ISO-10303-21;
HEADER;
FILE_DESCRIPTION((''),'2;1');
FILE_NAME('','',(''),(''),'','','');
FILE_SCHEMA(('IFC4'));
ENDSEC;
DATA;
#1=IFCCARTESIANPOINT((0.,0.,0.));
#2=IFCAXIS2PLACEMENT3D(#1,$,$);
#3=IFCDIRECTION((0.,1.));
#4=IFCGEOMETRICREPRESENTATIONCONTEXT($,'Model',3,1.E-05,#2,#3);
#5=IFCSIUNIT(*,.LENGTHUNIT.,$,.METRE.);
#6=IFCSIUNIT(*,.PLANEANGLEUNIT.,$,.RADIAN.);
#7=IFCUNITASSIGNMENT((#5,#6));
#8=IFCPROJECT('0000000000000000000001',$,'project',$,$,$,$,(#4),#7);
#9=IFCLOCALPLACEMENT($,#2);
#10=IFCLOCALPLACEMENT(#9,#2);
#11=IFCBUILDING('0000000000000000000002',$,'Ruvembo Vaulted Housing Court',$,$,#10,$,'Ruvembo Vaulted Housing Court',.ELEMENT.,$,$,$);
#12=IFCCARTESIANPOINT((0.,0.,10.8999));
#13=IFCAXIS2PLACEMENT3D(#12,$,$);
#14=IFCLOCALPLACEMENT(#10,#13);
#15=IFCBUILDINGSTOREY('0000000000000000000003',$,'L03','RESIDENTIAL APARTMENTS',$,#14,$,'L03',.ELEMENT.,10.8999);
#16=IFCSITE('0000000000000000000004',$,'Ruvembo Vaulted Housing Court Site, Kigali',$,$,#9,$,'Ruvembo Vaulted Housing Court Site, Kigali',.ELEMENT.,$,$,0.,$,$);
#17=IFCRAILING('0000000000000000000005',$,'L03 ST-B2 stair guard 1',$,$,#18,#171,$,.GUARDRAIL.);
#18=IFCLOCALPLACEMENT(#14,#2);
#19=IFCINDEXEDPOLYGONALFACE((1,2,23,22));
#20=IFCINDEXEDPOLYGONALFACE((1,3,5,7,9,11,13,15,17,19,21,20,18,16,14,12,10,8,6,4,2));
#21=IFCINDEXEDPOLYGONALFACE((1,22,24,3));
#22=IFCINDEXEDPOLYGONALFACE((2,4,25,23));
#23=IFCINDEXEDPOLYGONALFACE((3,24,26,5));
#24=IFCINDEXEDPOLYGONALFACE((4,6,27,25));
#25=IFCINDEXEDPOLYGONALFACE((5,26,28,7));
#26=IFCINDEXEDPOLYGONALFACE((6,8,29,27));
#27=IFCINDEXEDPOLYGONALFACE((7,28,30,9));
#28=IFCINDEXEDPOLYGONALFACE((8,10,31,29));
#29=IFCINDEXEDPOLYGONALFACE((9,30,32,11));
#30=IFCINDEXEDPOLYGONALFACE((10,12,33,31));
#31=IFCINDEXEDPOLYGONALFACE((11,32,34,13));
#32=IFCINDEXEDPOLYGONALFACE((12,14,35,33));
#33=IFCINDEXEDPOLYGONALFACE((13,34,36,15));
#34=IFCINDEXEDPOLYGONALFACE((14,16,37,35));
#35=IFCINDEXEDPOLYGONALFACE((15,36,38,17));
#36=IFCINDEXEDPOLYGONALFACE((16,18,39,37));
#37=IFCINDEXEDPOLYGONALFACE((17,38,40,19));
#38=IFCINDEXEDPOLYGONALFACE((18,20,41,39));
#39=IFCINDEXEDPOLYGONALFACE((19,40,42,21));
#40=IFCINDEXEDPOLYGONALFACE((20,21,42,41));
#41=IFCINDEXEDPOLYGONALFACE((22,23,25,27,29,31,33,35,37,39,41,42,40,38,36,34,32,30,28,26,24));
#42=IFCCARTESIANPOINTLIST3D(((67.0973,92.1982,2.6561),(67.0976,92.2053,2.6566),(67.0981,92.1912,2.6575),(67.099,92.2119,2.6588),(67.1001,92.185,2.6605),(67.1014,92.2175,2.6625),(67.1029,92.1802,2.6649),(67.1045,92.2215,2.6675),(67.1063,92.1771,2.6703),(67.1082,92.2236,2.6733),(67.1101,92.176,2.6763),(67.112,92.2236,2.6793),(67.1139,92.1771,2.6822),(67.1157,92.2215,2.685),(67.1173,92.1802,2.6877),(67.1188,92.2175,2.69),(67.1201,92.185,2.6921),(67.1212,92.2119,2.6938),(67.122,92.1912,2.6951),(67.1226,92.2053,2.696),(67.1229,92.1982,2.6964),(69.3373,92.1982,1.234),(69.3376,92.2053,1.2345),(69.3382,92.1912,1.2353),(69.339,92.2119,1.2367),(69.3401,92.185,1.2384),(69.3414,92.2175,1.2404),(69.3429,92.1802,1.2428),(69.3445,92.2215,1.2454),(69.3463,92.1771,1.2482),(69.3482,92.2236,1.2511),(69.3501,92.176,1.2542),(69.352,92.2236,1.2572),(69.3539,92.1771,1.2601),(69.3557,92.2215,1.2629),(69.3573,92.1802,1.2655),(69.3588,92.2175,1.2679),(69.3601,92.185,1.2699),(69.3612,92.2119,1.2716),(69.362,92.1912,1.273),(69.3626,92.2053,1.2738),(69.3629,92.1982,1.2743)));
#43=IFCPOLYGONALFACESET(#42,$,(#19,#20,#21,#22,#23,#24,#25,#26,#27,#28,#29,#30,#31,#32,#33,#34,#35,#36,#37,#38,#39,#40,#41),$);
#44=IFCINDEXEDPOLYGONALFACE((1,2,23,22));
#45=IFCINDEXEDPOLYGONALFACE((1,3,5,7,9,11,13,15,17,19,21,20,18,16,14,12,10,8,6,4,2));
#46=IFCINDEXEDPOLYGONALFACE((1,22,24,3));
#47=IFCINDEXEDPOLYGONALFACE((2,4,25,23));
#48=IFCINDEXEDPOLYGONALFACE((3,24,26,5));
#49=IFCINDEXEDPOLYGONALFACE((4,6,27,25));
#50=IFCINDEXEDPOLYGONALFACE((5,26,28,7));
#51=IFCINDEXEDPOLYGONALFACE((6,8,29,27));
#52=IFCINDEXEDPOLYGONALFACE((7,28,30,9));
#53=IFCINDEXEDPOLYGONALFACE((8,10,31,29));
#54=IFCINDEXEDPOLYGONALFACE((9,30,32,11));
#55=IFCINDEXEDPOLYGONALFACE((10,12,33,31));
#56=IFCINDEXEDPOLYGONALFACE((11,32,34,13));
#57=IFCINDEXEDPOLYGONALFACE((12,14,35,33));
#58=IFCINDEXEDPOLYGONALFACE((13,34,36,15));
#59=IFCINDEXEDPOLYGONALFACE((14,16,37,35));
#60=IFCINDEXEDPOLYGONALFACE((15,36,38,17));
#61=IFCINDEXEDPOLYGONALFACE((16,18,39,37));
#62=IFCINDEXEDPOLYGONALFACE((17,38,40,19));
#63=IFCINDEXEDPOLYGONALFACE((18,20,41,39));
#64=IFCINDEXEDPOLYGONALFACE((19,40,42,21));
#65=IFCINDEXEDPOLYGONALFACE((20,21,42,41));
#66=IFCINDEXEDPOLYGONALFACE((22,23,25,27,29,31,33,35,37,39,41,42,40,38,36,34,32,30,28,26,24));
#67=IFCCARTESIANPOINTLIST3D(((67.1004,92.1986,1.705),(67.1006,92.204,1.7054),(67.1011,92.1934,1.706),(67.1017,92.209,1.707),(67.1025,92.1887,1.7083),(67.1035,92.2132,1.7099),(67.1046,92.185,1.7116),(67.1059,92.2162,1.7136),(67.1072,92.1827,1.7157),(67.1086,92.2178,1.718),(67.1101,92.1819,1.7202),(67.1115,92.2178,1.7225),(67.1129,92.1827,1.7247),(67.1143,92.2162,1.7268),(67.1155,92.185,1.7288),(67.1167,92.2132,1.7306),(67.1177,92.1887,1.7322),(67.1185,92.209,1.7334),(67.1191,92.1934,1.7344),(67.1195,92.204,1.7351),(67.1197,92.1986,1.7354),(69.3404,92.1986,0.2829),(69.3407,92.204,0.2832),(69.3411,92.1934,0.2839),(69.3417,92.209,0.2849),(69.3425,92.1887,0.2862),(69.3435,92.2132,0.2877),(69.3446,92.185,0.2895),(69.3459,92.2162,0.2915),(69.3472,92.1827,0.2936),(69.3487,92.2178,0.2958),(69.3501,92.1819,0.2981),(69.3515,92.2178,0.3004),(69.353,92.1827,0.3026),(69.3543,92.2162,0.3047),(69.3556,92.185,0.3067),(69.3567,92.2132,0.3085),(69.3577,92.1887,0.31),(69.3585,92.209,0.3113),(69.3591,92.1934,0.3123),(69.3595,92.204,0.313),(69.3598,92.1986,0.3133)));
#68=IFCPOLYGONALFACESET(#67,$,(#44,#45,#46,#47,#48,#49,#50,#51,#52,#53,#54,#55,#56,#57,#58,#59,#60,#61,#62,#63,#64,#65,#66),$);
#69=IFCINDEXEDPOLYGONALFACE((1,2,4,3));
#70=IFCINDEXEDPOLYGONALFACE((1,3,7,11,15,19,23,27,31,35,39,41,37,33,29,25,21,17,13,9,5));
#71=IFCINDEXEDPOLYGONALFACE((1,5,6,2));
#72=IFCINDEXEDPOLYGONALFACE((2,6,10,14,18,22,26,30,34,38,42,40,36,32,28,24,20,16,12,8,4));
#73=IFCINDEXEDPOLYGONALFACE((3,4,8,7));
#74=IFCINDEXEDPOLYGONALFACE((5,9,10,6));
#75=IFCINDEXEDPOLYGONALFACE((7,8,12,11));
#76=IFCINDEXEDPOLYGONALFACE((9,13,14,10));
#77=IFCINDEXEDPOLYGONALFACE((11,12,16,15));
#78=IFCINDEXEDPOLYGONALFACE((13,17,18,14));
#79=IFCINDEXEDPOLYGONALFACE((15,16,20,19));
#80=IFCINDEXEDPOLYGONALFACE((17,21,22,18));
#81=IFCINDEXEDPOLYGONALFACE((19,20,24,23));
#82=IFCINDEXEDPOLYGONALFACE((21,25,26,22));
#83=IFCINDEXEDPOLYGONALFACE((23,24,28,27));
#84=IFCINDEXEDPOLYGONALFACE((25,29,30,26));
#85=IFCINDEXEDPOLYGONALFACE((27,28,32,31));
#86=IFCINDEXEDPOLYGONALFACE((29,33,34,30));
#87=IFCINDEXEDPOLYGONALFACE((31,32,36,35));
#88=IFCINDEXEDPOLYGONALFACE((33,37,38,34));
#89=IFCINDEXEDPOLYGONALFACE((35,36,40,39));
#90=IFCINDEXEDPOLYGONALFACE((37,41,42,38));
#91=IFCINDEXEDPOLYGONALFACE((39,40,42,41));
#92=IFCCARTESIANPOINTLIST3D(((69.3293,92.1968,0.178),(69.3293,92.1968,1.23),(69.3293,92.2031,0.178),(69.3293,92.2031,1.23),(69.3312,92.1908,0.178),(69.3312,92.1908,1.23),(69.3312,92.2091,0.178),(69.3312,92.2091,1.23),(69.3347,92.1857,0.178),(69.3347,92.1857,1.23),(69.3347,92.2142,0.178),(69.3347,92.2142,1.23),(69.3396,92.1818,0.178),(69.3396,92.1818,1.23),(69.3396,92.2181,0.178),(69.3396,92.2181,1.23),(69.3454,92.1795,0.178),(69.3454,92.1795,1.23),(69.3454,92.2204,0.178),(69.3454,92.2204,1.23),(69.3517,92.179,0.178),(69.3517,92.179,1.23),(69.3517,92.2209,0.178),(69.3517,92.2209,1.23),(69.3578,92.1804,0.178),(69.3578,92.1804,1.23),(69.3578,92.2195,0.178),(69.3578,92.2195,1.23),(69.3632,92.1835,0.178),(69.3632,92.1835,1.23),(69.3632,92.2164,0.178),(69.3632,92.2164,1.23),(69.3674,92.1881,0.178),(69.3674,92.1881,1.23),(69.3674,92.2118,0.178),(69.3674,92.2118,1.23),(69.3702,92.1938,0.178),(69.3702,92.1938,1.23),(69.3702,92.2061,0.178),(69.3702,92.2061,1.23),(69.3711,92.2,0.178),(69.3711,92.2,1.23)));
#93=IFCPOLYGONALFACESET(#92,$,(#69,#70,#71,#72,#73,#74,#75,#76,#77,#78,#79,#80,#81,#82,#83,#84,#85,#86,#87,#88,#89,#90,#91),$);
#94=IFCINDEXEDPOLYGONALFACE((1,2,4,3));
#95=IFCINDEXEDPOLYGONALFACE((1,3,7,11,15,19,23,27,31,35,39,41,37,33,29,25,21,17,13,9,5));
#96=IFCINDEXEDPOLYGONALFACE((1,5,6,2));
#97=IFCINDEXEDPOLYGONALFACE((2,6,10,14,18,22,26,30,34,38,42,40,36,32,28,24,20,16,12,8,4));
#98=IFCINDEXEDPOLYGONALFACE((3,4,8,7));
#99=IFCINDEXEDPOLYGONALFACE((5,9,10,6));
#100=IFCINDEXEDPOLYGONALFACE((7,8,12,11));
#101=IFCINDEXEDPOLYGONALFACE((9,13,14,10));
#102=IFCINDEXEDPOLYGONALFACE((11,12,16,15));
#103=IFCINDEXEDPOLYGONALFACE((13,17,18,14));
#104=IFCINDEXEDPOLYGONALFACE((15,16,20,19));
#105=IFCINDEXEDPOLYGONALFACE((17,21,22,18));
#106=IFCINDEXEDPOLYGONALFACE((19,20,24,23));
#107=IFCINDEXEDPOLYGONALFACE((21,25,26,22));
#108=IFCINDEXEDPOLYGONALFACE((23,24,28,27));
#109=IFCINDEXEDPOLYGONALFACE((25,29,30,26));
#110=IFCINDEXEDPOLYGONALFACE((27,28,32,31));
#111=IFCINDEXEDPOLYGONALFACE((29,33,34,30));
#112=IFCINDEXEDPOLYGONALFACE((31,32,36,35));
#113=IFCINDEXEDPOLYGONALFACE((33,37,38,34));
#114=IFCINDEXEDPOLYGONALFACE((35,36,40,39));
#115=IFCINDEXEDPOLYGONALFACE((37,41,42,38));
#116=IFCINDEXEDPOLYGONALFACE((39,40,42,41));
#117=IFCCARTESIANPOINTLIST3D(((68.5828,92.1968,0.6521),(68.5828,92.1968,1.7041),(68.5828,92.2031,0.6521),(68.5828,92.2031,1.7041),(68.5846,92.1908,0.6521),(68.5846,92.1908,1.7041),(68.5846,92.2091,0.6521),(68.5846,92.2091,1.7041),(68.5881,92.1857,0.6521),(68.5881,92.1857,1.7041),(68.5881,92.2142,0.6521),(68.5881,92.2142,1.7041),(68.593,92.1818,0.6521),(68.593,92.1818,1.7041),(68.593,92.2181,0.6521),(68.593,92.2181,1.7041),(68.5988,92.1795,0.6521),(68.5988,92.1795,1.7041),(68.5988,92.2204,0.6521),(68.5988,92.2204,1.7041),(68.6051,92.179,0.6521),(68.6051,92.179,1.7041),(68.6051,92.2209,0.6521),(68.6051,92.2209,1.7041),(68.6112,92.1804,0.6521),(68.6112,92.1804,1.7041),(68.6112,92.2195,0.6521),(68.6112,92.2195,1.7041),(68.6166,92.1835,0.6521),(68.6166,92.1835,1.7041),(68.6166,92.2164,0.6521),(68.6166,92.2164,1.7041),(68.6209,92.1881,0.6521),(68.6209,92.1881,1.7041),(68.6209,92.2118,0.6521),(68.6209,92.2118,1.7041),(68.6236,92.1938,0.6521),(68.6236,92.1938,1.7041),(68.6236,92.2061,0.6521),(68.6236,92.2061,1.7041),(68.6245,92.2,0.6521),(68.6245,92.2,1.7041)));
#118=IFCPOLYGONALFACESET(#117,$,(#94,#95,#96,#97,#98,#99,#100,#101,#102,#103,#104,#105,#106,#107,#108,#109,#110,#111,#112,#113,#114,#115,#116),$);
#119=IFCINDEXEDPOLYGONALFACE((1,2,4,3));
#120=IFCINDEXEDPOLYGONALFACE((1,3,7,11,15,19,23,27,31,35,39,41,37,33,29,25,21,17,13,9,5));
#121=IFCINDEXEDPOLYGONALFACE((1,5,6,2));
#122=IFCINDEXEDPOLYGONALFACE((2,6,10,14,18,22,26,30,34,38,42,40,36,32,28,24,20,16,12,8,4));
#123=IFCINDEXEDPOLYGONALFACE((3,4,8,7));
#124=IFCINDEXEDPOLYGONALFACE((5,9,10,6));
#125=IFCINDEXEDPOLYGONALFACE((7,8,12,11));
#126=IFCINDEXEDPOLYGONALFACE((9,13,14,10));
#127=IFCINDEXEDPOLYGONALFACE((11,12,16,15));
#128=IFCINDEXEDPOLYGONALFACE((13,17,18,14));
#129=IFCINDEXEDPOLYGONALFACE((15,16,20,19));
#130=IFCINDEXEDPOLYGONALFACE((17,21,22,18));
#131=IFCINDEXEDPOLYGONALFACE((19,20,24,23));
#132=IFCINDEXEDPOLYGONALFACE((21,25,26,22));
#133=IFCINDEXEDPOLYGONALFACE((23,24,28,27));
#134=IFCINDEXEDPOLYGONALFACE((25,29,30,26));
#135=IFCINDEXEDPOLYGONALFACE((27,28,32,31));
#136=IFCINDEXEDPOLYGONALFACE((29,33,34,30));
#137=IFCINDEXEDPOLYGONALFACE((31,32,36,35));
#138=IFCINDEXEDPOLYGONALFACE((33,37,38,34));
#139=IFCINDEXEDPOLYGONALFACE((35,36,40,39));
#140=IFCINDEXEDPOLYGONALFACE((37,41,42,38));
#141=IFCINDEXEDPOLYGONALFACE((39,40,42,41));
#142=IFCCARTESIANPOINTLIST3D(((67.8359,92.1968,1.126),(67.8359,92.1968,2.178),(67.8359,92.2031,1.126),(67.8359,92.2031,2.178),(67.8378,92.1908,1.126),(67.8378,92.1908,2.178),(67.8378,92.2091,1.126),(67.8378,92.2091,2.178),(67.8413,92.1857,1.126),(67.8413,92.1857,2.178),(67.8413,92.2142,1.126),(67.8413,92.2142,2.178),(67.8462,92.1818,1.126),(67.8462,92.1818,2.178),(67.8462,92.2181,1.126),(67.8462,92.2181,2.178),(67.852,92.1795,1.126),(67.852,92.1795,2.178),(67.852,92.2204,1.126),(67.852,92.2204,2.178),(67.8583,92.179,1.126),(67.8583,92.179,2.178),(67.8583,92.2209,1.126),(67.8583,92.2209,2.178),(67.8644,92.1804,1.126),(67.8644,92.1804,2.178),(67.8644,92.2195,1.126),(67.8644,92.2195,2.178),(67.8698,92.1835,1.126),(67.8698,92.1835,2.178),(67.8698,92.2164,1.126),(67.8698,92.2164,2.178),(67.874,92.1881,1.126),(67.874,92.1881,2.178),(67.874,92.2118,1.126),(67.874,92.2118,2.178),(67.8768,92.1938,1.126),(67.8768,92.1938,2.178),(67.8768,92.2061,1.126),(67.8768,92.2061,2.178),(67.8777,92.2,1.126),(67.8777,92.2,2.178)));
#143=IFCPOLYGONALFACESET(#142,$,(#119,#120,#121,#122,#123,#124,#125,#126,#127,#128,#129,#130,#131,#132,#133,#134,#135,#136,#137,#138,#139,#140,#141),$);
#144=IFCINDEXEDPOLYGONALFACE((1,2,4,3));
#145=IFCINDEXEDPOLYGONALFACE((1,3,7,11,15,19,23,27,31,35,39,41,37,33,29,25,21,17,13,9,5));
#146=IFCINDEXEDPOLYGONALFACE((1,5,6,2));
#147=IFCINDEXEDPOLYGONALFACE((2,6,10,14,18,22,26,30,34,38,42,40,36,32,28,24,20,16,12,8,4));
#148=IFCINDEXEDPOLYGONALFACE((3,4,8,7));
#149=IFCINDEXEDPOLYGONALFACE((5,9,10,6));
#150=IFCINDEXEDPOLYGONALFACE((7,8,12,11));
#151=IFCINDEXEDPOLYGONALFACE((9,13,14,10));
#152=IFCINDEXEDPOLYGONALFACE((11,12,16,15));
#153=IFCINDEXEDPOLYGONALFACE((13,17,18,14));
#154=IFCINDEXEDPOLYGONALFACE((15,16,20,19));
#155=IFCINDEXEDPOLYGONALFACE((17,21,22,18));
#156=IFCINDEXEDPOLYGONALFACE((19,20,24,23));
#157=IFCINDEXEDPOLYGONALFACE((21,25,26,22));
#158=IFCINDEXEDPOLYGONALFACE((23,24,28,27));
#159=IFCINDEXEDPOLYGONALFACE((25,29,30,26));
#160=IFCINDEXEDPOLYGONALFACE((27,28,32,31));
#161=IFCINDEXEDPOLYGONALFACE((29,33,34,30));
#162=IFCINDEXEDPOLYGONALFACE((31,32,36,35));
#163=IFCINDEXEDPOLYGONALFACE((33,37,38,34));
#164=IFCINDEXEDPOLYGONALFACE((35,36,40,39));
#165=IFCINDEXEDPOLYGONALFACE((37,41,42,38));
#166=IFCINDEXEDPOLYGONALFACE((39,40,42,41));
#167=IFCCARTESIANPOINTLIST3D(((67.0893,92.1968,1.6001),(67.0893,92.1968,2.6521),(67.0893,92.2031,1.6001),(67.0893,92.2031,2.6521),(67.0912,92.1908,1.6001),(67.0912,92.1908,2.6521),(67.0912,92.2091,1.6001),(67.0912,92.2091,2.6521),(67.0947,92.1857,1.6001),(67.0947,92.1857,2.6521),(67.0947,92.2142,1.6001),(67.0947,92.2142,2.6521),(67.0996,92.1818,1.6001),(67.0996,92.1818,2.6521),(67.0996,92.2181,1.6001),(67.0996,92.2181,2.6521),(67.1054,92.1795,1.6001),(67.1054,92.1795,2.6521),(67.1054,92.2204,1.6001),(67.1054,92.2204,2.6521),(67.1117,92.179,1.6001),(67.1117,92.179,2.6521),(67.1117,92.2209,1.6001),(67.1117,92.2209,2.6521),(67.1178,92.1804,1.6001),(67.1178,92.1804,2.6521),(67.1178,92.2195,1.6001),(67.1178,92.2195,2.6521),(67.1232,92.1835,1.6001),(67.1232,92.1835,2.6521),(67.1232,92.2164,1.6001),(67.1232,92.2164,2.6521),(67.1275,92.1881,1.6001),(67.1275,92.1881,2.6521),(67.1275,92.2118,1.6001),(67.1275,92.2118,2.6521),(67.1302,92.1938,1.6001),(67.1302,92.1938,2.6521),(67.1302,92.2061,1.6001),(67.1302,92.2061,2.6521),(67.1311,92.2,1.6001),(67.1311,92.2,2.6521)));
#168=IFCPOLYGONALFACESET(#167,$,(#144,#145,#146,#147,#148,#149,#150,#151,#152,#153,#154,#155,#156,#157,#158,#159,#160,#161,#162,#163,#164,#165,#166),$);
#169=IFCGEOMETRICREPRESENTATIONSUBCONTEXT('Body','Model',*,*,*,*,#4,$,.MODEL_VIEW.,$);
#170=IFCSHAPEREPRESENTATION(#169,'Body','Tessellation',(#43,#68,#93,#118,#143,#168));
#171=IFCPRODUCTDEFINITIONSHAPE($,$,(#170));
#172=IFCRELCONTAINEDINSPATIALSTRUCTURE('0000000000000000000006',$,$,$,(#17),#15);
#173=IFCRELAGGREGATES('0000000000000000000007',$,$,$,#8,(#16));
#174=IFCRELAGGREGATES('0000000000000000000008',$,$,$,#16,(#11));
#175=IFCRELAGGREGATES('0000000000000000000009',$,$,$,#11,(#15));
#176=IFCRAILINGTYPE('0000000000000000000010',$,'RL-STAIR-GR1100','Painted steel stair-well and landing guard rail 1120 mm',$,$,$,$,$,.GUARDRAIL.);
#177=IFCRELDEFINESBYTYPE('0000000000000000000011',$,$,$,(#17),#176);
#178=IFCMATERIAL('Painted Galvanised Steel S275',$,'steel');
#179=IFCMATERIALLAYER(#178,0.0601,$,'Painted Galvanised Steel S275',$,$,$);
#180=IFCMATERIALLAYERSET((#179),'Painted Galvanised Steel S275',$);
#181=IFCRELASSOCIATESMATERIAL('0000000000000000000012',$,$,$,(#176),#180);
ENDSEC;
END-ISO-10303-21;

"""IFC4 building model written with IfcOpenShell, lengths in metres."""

from ifc_helpers import new_model, si_unit, direction, frame, origin, origin_2d, place, context, subcontext, project, spatial, circle, extrude, material, layer, layer_set, type_object, element, save


model = new_model("IFC4")

# Units and contexts
model_context = context("Model", 3, precision=1e-05, world=origin(), true_north=direction((0.0, 1.0)))
body_context = subcontext(model_context, "Body", "Model", "MODEL_VIEW")
ifc_project = project(units=[si_unit("LENGTHUNIT", "METRE"), si_unit("PLANEANGLEUNIT", "RADIAN")], contexts=[model_context])

# Site, building, storey
site_placement = place(None, origin())
site = spatial("IfcSite", under=ifc_project, at=site_placement, Name="Ruvembo Vaulted Housing Court Site, Kigali", LongName="Ruvembo Vaulted Housing Court Site, Kigali", CompositionType="ELEMENT", RefElevation=0.0)
building_placement = place(site_placement, origin())
building = spatial("IfcBuilding", under=site, at=building_placement, Name="Ruvembo Vaulted Housing Court", LongName="Ruvembo Vaulted Housing Court", CompositionType="ELEMENT")
storey_placement = place(building_placement, frame((0.0, 0.0, 10.8999)))
storey = spatial("IfcBuildingStorey", under=building, at=storey_placement, Name="L03", Description="RESIDENTIAL APARTMENTS", LongName="L03", CompositionType="ELEMENT", Elevation=10.8999)

# Railing
ifc_material_1 = material(Name="Painted Galvanised Steel S275", Category="steel")
ifc_layer_1 = layer(ifc_material_1, 0.0601, Name="Painted Galvanised Steel S275")
ifc_layer_set_1 = layer_set([ifc_layer_1], Name="Painted Galvanised Steel S275")
railing_type_1 = type_object("IfcRailingType", Name="RL-STAIR-GR1100", Description="Painted steel stair-well and landing guard rail 1120 mm", PredefinedType="GUARDRAIL", material=ifc_layer_set_1)
railing_1_placement = place(storey_placement, frame((69.3501, 92.2, 0.178)))
element("IfcRailing", 1, at=railing_1_placement, inside=storey, type_object=railing_type_1, Name="L03 ST-B2 stair guard 1", PredefinedType="GUARDRAIL", context=body_context, shape_type="SweptSolid", body=[
    extrude(circle(Radius=0.0239, at=origin_2d()), frame((0.0, 0.0, 1.0762), z_axis=(-0.844229, 0.0, 0.535982), x_axis=(0.0, -1.0, 0.0)), (0.0, 0.0, 1.0), 2.6533),
    extrude(circle(Radius=0.0181, at=origin_2d()), frame((0.0, 0.0, 0.1201), z_axis=(-0.844229, 0.0, 0.535982), x_axis=(0.0, -1.0, 0.0)), (0.0, 0.0, 1.0), 2.6533),
    extrude(circle(Radius=0.021, at=origin_2d()), origin(), (0.0, 0.0, 1.0), 1.052),
    extrude(circle(Radius=0.021, at=origin_2d()), frame((-0.7466, 0.0, 0.4741)), (0.0, 0.0, 1.0), 1.052),
    extrude(circle(Radius=0.021, at=origin_2d()), frame((-1.4934, 0.0, 0.948)), (0.0, 0.0, 1.0), 1.052),
    extrude(circle(Radius=0.021, at=origin_2d()), frame((-2.24, 0.0, 1.4221)), (0.0, 0.0, 1.0), 1.052),
])

save(model, "model.ifc")
